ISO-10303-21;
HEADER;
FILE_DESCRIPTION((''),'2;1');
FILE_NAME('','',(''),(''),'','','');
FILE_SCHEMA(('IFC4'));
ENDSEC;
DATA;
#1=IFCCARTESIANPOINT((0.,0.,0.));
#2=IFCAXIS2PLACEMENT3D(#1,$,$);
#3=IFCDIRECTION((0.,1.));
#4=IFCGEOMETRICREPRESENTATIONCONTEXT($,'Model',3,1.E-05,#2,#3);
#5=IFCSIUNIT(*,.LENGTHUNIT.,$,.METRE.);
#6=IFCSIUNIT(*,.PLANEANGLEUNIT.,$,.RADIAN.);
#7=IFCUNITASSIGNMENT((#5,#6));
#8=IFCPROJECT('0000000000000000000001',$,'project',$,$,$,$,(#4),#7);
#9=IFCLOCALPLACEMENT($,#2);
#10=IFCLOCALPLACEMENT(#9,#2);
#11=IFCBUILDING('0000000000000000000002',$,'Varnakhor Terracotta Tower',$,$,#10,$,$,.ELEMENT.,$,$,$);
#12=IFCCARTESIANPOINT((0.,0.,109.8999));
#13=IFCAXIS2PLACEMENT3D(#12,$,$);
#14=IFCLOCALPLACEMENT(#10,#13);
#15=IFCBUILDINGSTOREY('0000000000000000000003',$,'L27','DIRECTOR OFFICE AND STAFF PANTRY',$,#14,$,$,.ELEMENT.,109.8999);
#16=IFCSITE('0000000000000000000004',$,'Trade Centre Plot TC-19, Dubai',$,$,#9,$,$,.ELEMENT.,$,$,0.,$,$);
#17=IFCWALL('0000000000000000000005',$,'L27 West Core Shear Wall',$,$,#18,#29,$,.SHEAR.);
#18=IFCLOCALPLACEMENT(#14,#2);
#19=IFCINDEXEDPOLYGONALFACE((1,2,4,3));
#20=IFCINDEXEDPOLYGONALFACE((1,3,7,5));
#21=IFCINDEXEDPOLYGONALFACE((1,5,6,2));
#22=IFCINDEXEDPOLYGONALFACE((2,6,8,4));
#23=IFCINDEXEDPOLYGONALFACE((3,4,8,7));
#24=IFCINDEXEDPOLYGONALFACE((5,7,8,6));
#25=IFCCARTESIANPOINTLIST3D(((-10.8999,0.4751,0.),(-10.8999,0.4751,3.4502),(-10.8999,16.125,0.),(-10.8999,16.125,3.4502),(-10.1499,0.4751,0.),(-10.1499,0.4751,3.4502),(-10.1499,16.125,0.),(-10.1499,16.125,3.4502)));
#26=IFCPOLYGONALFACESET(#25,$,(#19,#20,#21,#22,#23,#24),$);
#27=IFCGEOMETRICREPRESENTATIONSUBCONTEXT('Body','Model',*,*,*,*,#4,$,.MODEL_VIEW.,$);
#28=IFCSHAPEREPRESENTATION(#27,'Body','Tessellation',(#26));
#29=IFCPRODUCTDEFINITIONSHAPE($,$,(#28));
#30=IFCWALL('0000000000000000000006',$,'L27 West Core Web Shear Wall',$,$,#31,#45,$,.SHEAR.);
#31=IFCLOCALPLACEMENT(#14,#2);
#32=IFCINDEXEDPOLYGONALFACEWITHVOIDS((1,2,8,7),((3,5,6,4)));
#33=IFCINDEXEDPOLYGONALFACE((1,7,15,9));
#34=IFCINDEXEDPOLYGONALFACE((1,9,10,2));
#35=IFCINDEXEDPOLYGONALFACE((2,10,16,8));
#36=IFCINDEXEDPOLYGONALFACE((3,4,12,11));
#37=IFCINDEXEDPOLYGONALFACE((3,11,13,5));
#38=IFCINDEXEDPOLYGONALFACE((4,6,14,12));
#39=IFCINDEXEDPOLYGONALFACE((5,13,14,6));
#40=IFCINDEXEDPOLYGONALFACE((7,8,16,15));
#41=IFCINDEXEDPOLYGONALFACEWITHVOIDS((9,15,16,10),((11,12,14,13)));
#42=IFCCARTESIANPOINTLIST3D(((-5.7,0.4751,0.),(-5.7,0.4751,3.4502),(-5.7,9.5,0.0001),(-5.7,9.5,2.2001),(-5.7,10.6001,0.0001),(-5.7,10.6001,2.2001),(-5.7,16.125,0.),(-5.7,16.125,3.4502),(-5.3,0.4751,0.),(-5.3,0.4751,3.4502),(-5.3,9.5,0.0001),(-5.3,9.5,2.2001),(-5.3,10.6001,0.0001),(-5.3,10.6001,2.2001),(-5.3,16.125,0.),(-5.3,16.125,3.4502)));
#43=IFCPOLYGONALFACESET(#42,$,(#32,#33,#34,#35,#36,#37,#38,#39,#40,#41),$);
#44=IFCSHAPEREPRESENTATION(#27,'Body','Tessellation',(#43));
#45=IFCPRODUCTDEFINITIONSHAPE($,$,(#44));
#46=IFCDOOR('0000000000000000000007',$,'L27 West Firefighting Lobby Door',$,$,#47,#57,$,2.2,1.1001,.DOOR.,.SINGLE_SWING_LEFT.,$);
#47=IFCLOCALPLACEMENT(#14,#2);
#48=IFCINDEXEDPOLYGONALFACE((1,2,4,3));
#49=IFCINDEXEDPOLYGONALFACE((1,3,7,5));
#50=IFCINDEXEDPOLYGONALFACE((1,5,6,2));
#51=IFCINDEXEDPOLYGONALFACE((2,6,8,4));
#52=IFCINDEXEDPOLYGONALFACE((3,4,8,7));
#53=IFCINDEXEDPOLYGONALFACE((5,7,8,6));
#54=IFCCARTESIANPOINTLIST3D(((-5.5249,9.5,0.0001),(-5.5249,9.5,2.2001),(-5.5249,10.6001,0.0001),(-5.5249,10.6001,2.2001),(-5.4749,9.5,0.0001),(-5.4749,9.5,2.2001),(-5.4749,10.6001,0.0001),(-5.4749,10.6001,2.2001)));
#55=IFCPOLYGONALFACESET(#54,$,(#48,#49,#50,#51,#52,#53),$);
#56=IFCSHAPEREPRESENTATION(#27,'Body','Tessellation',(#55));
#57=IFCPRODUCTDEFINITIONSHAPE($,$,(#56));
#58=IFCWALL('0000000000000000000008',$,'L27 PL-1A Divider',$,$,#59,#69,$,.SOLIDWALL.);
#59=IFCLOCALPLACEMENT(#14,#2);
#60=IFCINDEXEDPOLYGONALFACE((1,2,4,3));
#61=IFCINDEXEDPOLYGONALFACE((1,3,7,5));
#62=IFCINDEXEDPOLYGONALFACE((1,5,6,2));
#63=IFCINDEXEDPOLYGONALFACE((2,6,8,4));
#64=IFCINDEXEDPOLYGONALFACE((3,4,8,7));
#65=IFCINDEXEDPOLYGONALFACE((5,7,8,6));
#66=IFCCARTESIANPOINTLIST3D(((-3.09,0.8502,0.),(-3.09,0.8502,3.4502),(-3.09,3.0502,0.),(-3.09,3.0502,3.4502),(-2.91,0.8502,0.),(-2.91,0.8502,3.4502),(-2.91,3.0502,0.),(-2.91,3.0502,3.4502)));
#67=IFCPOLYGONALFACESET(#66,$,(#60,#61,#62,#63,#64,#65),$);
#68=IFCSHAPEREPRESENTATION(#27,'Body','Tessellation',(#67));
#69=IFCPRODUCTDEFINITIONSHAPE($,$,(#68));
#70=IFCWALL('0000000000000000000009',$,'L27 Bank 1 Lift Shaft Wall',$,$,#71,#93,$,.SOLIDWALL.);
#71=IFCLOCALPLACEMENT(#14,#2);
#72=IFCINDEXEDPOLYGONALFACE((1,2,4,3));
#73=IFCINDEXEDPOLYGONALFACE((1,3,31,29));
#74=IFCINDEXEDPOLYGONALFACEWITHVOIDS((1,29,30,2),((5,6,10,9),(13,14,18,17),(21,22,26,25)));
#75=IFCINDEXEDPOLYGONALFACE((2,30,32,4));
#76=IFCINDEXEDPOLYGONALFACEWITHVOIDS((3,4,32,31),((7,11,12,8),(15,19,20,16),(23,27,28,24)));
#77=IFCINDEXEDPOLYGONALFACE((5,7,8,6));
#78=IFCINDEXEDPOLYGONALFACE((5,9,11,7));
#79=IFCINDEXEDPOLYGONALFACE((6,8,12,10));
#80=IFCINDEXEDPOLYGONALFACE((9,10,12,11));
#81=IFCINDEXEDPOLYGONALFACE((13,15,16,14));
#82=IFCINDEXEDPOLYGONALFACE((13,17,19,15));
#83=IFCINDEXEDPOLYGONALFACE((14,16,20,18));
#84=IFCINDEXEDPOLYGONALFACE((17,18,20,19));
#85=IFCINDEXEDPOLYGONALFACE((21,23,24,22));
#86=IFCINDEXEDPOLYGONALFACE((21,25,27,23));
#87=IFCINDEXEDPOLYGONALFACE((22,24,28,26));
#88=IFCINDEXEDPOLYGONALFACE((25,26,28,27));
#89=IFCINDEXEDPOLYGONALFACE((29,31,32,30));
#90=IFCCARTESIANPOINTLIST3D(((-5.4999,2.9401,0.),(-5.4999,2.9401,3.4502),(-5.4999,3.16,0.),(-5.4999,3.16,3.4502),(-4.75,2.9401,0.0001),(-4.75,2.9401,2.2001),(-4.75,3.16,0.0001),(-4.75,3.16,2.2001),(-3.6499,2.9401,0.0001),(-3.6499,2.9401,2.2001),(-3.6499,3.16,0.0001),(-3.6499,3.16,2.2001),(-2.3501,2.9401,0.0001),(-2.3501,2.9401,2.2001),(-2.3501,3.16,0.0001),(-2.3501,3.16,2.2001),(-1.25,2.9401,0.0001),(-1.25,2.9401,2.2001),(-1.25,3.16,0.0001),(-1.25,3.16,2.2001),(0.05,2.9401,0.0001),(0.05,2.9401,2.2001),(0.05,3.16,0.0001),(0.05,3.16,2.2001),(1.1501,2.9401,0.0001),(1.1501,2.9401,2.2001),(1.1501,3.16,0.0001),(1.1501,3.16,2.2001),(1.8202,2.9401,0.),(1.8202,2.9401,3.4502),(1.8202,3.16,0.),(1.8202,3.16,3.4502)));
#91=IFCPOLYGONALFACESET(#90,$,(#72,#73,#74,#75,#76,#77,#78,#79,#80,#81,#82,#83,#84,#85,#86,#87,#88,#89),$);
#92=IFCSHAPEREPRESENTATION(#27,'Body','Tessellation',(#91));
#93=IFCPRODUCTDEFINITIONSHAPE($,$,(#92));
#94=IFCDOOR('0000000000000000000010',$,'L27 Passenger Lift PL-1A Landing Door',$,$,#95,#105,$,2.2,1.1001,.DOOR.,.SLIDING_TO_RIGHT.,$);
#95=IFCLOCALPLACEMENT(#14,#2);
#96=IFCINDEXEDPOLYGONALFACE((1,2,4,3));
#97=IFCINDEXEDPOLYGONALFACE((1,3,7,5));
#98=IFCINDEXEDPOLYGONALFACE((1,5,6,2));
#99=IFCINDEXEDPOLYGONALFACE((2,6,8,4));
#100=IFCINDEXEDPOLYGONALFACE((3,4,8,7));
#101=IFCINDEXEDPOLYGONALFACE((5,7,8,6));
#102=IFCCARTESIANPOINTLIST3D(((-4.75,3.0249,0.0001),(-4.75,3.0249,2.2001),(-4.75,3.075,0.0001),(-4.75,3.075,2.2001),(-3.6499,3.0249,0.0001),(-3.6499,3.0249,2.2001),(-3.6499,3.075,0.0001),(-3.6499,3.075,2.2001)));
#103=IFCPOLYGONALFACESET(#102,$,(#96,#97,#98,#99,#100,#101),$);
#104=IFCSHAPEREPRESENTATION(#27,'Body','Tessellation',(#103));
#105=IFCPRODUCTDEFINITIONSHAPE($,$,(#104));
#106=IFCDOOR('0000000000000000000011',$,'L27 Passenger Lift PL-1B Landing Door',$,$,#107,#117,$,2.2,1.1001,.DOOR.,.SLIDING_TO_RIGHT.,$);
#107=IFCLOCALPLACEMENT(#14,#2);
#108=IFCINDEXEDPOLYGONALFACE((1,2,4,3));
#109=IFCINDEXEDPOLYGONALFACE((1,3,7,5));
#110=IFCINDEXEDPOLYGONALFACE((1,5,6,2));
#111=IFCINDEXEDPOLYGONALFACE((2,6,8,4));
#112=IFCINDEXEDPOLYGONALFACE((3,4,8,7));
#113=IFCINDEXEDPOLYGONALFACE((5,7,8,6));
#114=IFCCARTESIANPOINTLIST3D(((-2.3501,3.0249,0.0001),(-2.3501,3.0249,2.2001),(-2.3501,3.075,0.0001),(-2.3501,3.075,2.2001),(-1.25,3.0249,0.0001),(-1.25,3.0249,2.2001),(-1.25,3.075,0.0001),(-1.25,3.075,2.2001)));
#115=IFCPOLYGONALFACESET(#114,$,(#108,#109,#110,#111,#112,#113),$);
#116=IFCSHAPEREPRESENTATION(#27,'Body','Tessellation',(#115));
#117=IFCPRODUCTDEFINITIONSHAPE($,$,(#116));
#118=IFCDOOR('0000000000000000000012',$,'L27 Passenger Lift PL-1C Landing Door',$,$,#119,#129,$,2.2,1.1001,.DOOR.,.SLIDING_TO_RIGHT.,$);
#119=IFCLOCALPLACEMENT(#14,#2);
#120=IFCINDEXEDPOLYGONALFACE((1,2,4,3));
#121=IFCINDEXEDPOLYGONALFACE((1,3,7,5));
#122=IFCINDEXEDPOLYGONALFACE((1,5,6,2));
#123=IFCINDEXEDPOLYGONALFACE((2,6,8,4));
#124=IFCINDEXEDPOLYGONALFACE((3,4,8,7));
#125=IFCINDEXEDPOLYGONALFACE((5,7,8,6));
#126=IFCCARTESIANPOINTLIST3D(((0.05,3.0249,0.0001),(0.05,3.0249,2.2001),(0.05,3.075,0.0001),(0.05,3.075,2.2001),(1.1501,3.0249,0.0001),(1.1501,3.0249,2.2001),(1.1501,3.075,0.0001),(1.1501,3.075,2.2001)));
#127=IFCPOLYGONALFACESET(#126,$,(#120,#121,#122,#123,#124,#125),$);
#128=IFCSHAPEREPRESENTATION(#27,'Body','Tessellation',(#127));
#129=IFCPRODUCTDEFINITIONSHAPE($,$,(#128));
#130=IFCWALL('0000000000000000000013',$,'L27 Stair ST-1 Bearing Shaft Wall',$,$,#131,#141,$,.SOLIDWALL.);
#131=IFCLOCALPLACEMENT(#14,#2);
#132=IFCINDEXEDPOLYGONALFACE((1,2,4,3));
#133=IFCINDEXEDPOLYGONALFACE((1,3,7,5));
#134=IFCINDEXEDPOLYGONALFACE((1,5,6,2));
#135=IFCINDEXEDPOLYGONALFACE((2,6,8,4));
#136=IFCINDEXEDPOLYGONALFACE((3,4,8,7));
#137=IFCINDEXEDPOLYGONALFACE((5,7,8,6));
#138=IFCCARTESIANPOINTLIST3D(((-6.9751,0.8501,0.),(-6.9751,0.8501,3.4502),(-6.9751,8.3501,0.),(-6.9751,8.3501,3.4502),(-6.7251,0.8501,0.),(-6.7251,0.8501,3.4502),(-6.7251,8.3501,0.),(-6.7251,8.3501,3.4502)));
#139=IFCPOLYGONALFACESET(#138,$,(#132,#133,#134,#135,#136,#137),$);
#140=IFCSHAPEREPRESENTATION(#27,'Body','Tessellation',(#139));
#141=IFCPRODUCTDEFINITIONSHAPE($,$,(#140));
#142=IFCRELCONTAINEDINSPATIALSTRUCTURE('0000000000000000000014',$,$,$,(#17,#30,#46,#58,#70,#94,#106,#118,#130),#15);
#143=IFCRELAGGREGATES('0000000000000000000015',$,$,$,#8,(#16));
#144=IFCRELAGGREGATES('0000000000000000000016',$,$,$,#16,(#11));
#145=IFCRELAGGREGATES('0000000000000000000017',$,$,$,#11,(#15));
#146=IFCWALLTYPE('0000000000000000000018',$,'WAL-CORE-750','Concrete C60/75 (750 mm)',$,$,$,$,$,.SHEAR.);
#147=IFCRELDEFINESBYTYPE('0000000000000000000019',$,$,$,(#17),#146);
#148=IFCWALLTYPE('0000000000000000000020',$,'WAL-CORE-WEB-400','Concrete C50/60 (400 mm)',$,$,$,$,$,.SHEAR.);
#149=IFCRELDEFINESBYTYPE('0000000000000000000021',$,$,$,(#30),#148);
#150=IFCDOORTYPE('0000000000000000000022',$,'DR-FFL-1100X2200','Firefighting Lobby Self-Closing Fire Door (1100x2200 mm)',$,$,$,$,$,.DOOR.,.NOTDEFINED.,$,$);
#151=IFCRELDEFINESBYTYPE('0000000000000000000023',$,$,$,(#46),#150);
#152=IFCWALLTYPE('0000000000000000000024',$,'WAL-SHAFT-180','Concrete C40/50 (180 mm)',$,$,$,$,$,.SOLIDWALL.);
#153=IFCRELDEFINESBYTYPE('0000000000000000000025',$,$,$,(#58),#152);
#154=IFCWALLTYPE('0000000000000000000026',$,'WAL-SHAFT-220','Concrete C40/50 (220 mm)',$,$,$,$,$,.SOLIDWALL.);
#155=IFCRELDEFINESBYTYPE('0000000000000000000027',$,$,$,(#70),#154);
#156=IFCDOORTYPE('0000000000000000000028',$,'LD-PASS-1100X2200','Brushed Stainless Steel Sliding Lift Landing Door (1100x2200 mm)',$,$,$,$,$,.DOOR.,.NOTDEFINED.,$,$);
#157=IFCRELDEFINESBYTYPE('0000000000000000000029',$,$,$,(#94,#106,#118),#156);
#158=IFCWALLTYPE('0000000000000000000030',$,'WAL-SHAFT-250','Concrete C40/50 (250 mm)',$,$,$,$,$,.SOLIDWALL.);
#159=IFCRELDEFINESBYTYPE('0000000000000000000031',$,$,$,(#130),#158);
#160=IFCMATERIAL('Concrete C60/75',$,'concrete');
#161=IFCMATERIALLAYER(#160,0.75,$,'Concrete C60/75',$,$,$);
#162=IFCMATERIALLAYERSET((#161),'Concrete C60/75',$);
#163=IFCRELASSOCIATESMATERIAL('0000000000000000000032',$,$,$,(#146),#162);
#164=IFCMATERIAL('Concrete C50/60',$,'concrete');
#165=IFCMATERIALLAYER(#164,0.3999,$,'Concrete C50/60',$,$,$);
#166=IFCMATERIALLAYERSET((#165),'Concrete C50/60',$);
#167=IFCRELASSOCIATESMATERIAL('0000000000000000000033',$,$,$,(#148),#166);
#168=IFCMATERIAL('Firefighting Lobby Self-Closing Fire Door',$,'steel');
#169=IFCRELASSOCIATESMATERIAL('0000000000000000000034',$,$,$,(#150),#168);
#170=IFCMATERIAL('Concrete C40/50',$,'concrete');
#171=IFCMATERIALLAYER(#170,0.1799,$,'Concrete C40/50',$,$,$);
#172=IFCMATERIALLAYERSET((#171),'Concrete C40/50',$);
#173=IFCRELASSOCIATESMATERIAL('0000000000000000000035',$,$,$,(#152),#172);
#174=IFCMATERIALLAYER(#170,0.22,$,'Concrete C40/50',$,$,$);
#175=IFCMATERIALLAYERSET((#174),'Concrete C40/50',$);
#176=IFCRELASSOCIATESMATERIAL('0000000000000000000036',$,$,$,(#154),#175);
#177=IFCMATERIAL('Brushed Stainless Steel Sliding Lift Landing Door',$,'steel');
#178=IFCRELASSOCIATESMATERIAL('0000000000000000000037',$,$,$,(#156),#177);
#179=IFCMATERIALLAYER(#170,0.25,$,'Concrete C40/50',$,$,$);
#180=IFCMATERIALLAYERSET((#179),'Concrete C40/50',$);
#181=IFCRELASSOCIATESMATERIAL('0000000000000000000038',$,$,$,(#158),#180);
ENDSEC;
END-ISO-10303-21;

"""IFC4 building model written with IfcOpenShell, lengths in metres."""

from ifc_helpers import new_model, si_unit, direction, frame, frame_2d, origin, place, context, subcontext, project, spatial, rectangle, extrude, source, transform, mapped, material, layer, layer_set, type_object, type_shapes, element, fill, save


model = new_model("IFC4")

# Units and contexts
model_context = context("Model", 3, precision=1e-05, world=origin(), true_north=direction((0.0, 1.0)))
body_context = subcontext(model_context, "Body", "Model", "MODEL_VIEW")
ifc_project = project(units=[si_unit("LENGTHUNIT", "METRE"), si_unit("PLANEANGLEUNIT", "RADIAN")], contexts=[model_context])

# Site, building, storey
site_placement = place(None, origin())
site = spatial("IfcSite", under=ifc_project, at=site_placement, Name="Trade Centre Plot TC-19, Dubai", CompositionType="ELEMENT", RefElevation=0.0)
building_placement = place(site_placement, origin())
building = spatial("IfcBuilding", under=site, at=building_placement, Name="Varnakhor Terracotta Tower", CompositionType="ELEMENT")
storey_placement = place(building_placement, frame((0.0, 0.0, 109.8999)))
storey = spatial("IfcBuildingStorey", under=building, at=storey_placement, Name="L27", Description="DIRECTOR OFFICE AND STAFF PANTRY", CompositionType="ELEMENT", Elevation=109.8999)

# Shared definitions
ifc_material_1 = material(Name="Concrete C50/60", Category="concrete")

# Wall
ifc_material_2 = material(Name="Concrete C60/75", Category="concrete")
ifc_layer_1 = layer(ifc_material_2, 0.75, Name="Concrete C60/75")
ifc_layer_set_1 = layer_set([ifc_layer_1], Name="Concrete C60/75")
wall_type_1 = type_object("IfcWallType", Name="WAL-CORE-750", Description="Concrete C60/75 (750 mm)", PredefinedType="SHEAR", material=ifc_layer_set_1)
wall_1_placement = place(storey_placement, frame((-10.5249, 0.4751, 0.0), z_axis=(0.0, 0.0, 1.0), x_axis=(0.0, 1.0, 0.0)))
element("IfcWall", 1, at=wall_1_placement, inside=storey, type_object=wall_type_1, Name="L27 West Core Shear Wall", PredefinedType="SHEAR", context=body_context, shape_type="SweptSolid", body=[
    extrude(rectangle(XDim=15.6499, YDim=0.75, at=frame_2d((7.825, 0.0))), origin(), (0.0, 0.0, 1.0), 3.4502),
])

# Wall, opening, door
ifc_layer_2 = layer(ifc_material_1, 0.3999, Name="Concrete C50/60")
ifc_layer_set_2 = layer_set([ifc_layer_2], Name="Concrete C50/60")
wall_type_2 = type_object("IfcWallType", Name="WAL-CORE-WEB-400", Description="Concrete C50/60 (400 mm)", PredefinedType="SHEAR", material=ifc_layer_set_2)
wall_2_placement = place(storey_placement, frame((-5.5, 0.4751, 0.0), z_axis=(0.0, 0.0, 1.0), x_axis=(0.0, 1.0, 0.0)))
wall_2 = element("IfcWall", 2, at=wall_2_placement, inside=storey, type_object=wall_type_2, Name="L27 West Core Web Shear Wall", PredefinedType="SHEAR", context=body_context, shape_type="SweptSolid", body=[
    extrude(rectangle(XDim=15.6499, YDim=0.3999, at=frame_2d((7.825, 0.0))), origin(), (0.0, 0.0, 1.0), 3.4502),
])
opening_1_placement = place(wall_2_placement, frame((9.0249, 0.0, 0.0)))
opening_1 = element("IfcOpeningElement", 3, at=opening_1_placement, cuts=wall_2, PredefinedType="OPENING", context=body_context, shape_type="SweptSolid", body=[
    extrude(rectangle(XDim=1.1001, YDim=2.2, at=frame_2d((0.55, 1.1001))), frame((0.0, 0.21, 0.0), z_axis=(0.0, -1.0, 0.0), x_axis=(1.0, 0.0, 0.0)), (0.0, 0.0, 1.0), 0.4199),
])
ifc_material_3 = material(Name="Firefighting Lobby Self-Closing Fire Door", Category="steel")
door_type_1 = type_object("IfcDoorType", Name="DR-FFL-1100X2200", Description="Firefighting Lobby Self-Closing Fire Door (1100x2200 mm)", OperationType="NOTDEFINED", PredefinedType="DOOR", material=ifc_material_3)
shared_shape_1 = source(origin(), body_context, "Body", "SweptSolid", [
    extrude(rectangle(XDim=1.1001, YDim=2.2, at=frame_2d((0.55, 1.1001))), frame((0.0, 0.0249, 0.0), z_axis=(0.0, -1.0, 0.0), x_axis=(1.0, 0.0, 0.0)), (0.0, 0.0, 1.0), 0.05),
])
type_shapes(door_type_1, [shared_shape_1])
door_1_placement = place(opening_1_placement, origin())
door_1 = element("IfcDoor", 4, at=door_1_placement, inside=storey, type_object=door_type_1, Name="L27 West Firefighting Lobby Door", OperationType="SINGLE_SWING_LEFT", OverallHeight=2.2, OverallWidth=1.1001, PredefinedType="DOOR", context=body_context, shape_type="MappedRepresentation", body=[
    mapped(shared_shape_1, transform((0.0, 0.0, 0.0), scale=1.0)),
])
fill(opening_1, door_1)

# Wall
ifc_material_4 = material(Name="Concrete C40/50", Category="concrete")
ifc_layer_3 = layer(ifc_material_4, 0.1799, Name="Concrete C40/50")
ifc_layer_set_3 = layer_set([ifc_layer_3], Name="Concrete C40/50")
wall_type_3 = type_object("IfcWallType", Name="WAL-SHAFT-180", Description="Concrete C40/50 (180 mm)", PredefinedType="SOLIDWALL", material=ifc_layer_set_3)
wall_3_placement = place(storey_placement, frame((-3.0, 0.8501, 0.0), z_axis=(0.0, 0.0, 1.0), x_axis=(0.0, 1.0, 0.0)))
element("IfcWall", 5, at=wall_3_placement, inside=storey, type_object=wall_type_3, Name="L27 PL-1A Divider", PredefinedType="SOLIDWALL", context=body_context, shape_type="SweptSolid", body=[
    extrude(rectangle(XDim=2.2, YDim=0.1799, at=frame_2d((1.1001, 0.0))), origin(), (0.0, 0.0, 1.0), 3.4502),
])

# Wall, openings, doors
ifc_layer_4 = layer(ifc_material_4, 0.22, Name="Concrete C40/50")
ifc_layer_set_4 = layer_set([ifc_layer_4], Name="Concrete C40/50")
wall_type_4 = type_object("IfcWallType", Name="WAL-SHAFT-220", Description="Concrete C40/50 (220 mm)", PredefinedType="SOLIDWALL", material=ifc_layer_set_4)
wall_4_placement = place(storey_placement, frame((-5.5, 3.05, 0.0), z_axis=(0.0, 0.0, 1.0), x_axis=(1.0, 0.0, 0.0)))
wall_4 = element("IfcWall", 6, at=wall_4_placement, inside=storey, type_object=wall_type_4, Name="L27 Bank 1 Lift Shaft Wall", PredefinedType="SOLIDWALL", context=body_context, shape_type="SweptSolid", body=[
    extrude(rectangle(XDim=7.3201, YDim=0.22, at=frame_2d((3.6602, 0.0))), origin(), (0.0, 0.0, 1.0), 3.4502),
])
opening_2_placement = place(wall_4_placement, frame((0.75, 0.0, 0.0)))
opening_2 = element("IfcOpeningElement", 7, at=opening_2_placement, cuts=wall_4, PredefinedType="OPENING", context=body_context, shape_type="SweptSolid", body=[
    extrude(rectangle(XDim=1.1001, YDim=2.2, at=frame_2d((0.55, 1.1001))), frame((0.0, 0.1201, 0.0), z_axis=(0.0, -1.0, 0.0), x_axis=(1.0, 0.0, 0.0)), (0.0, 0.0, 1.0), 0.24),
])
opening_3_placement = place(wall_4_placement, frame((3.1499, 0.0, 0.0)))
opening_3 = element("IfcOpeningElement", 8, at=opening_3_placement, cuts=wall_4, PredefinedType="OPENING", context=body_context, shape_type="SweptSolid", body=[
    extrude(rectangle(XDim=1.1001, YDim=2.2, at=frame_2d((0.55, 1.1001))), frame((0.0, 0.1201, 0.0), z_axis=(0.0, -1.0, 0.0), x_axis=(1.0, 0.0, 0.0)), (0.0, 0.0, 1.0), 0.24),
])
opening_4_placement = place(wall_4_placement, frame((5.55, 0.0, 0.0)))
opening_4 = element("IfcOpeningElement", 9, at=opening_4_placement, cuts=wall_4, PredefinedType="OPENING", context=body_context, shape_type="SweptSolid", body=[
    extrude(rectangle(XDim=1.1001, YDim=2.2, at=frame_2d((0.55, 1.1001))), frame((0.0, 0.1201, 0.0), z_axis=(0.0, -1.0, 0.0), x_axis=(1.0, 0.0, 0.0)), (0.0, 0.0, 1.0), 0.24),
])
ifc_material_5 = material(Name="Brushed Stainless Steel Sliding Lift Landing Door", Category="steel")
door_type_2 = type_object("IfcDoorType", Name="LD-PASS-1100X2200", Description="Brushed Stainless Steel Sliding Lift Landing Door (1100x2200 mm)", OperationType="NOTDEFINED", PredefinedType="DOOR", material=ifc_material_5)
shared_shape_2 = source(origin(), body_context, "Body", "SweptSolid", [
    extrude(rectangle(XDim=1.1001, YDim=2.2, at=frame_2d((0.55, 1.1001))), frame((0.0, 0.0249, 0.0), z_axis=(0.0, -1.0, 0.0), x_axis=(1.0, 0.0, 0.0)), (0.0, 0.0, 1.0), 0.05),
])
type_shapes(door_type_2, [shared_shape_2])
door_2_placement = place(opening_2_placement, origin())
door_2 = element("IfcDoor", 10, at=door_2_placement, inside=storey, type_object=door_type_2, Name="L27 Passenger Lift PL-1A Landing Door", OperationType="SLIDING_TO_RIGHT", OverallHeight=2.2, OverallWidth=1.1001, PredefinedType="DOOR", context=body_context, shape_type="MappedRepresentation", body=[
    mapped(shared_shape_2, transform((0.0, 0.0, 0.0), scale=1.0)),
])
fill(opening_2, door_2)
door_3_placement = place(opening_3_placement, origin())
door_3 = element("IfcDoor", 11, at=door_3_placement, inside=storey, type_object=door_type_2, Name="L27 Passenger Lift PL-1B Landing Door", OperationType="SLIDING_TO_RIGHT", OverallHeight=2.2, OverallWidth=1.1001, PredefinedType="DOOR", context=body_context, shape_type="MappedRepresentation", body=[
    mapped(shared_shape_2, transform((0.0, 0.0, 0.0), scale=1.0)),
])
fill(opening_3, door_3)
door_4_placement = place(opening_4_placement, origin())
door_4 = element("IfcDoor", 12, at=door_4_placement, inside=storey, type_object=door_type_2, Name="L27 Passenger Lift PL-1C Landing Door", OperationType="SLIDING_TO_RIGHT", OverallHeight=2.2, OverallWidth=1.1001, PredefinedType="DOOR", context=body_context, shape_type="MappedRepresentation", body=[
    mapped(shared_shape_2, transform((0.0, 0.0, 0.0), scale=1.0)),
])
fill(opening_4, door_4)

# Wall
ifc_layer_5 = layer(ifc_material_4, 0.25, Name="Concrete C40/50")
ifc_layer_set_5 = layer_set([ifc_layer_5], Name="Concrete C40/50")
wall_type_5 = type_object("IfcWallType", Name="WAL-SHAFT-250", Description="Concrete C40/50 (250 mm)", PredefinedType="SOLIDWALL", material=ifc_layer_set_5)
wall_5_placement = place(storey_placement, frame((-6.8501, 0.8501, 0.0), z_axis=(0.0, 0.0, 1.0), x_axis=(0.0, 1.0, 0.0)))
element("IfcWall", 13, at=wall_5_placement, inside=storey, type_object=wall_type_5, Name="L27 Stair ST-1 Bearing Shaft Wall", PredefinedType="SOLIDWALL", context=body_context, shape_type="SweptSolid", body=[
    extrude(rectangle(XDim=7.5, YDim=0.25, at=frame_2d((3.75, 0.0))), origin(), (0.0, 0.0, 1.0), 3.4502),
])

save(model, "model.ifc")
